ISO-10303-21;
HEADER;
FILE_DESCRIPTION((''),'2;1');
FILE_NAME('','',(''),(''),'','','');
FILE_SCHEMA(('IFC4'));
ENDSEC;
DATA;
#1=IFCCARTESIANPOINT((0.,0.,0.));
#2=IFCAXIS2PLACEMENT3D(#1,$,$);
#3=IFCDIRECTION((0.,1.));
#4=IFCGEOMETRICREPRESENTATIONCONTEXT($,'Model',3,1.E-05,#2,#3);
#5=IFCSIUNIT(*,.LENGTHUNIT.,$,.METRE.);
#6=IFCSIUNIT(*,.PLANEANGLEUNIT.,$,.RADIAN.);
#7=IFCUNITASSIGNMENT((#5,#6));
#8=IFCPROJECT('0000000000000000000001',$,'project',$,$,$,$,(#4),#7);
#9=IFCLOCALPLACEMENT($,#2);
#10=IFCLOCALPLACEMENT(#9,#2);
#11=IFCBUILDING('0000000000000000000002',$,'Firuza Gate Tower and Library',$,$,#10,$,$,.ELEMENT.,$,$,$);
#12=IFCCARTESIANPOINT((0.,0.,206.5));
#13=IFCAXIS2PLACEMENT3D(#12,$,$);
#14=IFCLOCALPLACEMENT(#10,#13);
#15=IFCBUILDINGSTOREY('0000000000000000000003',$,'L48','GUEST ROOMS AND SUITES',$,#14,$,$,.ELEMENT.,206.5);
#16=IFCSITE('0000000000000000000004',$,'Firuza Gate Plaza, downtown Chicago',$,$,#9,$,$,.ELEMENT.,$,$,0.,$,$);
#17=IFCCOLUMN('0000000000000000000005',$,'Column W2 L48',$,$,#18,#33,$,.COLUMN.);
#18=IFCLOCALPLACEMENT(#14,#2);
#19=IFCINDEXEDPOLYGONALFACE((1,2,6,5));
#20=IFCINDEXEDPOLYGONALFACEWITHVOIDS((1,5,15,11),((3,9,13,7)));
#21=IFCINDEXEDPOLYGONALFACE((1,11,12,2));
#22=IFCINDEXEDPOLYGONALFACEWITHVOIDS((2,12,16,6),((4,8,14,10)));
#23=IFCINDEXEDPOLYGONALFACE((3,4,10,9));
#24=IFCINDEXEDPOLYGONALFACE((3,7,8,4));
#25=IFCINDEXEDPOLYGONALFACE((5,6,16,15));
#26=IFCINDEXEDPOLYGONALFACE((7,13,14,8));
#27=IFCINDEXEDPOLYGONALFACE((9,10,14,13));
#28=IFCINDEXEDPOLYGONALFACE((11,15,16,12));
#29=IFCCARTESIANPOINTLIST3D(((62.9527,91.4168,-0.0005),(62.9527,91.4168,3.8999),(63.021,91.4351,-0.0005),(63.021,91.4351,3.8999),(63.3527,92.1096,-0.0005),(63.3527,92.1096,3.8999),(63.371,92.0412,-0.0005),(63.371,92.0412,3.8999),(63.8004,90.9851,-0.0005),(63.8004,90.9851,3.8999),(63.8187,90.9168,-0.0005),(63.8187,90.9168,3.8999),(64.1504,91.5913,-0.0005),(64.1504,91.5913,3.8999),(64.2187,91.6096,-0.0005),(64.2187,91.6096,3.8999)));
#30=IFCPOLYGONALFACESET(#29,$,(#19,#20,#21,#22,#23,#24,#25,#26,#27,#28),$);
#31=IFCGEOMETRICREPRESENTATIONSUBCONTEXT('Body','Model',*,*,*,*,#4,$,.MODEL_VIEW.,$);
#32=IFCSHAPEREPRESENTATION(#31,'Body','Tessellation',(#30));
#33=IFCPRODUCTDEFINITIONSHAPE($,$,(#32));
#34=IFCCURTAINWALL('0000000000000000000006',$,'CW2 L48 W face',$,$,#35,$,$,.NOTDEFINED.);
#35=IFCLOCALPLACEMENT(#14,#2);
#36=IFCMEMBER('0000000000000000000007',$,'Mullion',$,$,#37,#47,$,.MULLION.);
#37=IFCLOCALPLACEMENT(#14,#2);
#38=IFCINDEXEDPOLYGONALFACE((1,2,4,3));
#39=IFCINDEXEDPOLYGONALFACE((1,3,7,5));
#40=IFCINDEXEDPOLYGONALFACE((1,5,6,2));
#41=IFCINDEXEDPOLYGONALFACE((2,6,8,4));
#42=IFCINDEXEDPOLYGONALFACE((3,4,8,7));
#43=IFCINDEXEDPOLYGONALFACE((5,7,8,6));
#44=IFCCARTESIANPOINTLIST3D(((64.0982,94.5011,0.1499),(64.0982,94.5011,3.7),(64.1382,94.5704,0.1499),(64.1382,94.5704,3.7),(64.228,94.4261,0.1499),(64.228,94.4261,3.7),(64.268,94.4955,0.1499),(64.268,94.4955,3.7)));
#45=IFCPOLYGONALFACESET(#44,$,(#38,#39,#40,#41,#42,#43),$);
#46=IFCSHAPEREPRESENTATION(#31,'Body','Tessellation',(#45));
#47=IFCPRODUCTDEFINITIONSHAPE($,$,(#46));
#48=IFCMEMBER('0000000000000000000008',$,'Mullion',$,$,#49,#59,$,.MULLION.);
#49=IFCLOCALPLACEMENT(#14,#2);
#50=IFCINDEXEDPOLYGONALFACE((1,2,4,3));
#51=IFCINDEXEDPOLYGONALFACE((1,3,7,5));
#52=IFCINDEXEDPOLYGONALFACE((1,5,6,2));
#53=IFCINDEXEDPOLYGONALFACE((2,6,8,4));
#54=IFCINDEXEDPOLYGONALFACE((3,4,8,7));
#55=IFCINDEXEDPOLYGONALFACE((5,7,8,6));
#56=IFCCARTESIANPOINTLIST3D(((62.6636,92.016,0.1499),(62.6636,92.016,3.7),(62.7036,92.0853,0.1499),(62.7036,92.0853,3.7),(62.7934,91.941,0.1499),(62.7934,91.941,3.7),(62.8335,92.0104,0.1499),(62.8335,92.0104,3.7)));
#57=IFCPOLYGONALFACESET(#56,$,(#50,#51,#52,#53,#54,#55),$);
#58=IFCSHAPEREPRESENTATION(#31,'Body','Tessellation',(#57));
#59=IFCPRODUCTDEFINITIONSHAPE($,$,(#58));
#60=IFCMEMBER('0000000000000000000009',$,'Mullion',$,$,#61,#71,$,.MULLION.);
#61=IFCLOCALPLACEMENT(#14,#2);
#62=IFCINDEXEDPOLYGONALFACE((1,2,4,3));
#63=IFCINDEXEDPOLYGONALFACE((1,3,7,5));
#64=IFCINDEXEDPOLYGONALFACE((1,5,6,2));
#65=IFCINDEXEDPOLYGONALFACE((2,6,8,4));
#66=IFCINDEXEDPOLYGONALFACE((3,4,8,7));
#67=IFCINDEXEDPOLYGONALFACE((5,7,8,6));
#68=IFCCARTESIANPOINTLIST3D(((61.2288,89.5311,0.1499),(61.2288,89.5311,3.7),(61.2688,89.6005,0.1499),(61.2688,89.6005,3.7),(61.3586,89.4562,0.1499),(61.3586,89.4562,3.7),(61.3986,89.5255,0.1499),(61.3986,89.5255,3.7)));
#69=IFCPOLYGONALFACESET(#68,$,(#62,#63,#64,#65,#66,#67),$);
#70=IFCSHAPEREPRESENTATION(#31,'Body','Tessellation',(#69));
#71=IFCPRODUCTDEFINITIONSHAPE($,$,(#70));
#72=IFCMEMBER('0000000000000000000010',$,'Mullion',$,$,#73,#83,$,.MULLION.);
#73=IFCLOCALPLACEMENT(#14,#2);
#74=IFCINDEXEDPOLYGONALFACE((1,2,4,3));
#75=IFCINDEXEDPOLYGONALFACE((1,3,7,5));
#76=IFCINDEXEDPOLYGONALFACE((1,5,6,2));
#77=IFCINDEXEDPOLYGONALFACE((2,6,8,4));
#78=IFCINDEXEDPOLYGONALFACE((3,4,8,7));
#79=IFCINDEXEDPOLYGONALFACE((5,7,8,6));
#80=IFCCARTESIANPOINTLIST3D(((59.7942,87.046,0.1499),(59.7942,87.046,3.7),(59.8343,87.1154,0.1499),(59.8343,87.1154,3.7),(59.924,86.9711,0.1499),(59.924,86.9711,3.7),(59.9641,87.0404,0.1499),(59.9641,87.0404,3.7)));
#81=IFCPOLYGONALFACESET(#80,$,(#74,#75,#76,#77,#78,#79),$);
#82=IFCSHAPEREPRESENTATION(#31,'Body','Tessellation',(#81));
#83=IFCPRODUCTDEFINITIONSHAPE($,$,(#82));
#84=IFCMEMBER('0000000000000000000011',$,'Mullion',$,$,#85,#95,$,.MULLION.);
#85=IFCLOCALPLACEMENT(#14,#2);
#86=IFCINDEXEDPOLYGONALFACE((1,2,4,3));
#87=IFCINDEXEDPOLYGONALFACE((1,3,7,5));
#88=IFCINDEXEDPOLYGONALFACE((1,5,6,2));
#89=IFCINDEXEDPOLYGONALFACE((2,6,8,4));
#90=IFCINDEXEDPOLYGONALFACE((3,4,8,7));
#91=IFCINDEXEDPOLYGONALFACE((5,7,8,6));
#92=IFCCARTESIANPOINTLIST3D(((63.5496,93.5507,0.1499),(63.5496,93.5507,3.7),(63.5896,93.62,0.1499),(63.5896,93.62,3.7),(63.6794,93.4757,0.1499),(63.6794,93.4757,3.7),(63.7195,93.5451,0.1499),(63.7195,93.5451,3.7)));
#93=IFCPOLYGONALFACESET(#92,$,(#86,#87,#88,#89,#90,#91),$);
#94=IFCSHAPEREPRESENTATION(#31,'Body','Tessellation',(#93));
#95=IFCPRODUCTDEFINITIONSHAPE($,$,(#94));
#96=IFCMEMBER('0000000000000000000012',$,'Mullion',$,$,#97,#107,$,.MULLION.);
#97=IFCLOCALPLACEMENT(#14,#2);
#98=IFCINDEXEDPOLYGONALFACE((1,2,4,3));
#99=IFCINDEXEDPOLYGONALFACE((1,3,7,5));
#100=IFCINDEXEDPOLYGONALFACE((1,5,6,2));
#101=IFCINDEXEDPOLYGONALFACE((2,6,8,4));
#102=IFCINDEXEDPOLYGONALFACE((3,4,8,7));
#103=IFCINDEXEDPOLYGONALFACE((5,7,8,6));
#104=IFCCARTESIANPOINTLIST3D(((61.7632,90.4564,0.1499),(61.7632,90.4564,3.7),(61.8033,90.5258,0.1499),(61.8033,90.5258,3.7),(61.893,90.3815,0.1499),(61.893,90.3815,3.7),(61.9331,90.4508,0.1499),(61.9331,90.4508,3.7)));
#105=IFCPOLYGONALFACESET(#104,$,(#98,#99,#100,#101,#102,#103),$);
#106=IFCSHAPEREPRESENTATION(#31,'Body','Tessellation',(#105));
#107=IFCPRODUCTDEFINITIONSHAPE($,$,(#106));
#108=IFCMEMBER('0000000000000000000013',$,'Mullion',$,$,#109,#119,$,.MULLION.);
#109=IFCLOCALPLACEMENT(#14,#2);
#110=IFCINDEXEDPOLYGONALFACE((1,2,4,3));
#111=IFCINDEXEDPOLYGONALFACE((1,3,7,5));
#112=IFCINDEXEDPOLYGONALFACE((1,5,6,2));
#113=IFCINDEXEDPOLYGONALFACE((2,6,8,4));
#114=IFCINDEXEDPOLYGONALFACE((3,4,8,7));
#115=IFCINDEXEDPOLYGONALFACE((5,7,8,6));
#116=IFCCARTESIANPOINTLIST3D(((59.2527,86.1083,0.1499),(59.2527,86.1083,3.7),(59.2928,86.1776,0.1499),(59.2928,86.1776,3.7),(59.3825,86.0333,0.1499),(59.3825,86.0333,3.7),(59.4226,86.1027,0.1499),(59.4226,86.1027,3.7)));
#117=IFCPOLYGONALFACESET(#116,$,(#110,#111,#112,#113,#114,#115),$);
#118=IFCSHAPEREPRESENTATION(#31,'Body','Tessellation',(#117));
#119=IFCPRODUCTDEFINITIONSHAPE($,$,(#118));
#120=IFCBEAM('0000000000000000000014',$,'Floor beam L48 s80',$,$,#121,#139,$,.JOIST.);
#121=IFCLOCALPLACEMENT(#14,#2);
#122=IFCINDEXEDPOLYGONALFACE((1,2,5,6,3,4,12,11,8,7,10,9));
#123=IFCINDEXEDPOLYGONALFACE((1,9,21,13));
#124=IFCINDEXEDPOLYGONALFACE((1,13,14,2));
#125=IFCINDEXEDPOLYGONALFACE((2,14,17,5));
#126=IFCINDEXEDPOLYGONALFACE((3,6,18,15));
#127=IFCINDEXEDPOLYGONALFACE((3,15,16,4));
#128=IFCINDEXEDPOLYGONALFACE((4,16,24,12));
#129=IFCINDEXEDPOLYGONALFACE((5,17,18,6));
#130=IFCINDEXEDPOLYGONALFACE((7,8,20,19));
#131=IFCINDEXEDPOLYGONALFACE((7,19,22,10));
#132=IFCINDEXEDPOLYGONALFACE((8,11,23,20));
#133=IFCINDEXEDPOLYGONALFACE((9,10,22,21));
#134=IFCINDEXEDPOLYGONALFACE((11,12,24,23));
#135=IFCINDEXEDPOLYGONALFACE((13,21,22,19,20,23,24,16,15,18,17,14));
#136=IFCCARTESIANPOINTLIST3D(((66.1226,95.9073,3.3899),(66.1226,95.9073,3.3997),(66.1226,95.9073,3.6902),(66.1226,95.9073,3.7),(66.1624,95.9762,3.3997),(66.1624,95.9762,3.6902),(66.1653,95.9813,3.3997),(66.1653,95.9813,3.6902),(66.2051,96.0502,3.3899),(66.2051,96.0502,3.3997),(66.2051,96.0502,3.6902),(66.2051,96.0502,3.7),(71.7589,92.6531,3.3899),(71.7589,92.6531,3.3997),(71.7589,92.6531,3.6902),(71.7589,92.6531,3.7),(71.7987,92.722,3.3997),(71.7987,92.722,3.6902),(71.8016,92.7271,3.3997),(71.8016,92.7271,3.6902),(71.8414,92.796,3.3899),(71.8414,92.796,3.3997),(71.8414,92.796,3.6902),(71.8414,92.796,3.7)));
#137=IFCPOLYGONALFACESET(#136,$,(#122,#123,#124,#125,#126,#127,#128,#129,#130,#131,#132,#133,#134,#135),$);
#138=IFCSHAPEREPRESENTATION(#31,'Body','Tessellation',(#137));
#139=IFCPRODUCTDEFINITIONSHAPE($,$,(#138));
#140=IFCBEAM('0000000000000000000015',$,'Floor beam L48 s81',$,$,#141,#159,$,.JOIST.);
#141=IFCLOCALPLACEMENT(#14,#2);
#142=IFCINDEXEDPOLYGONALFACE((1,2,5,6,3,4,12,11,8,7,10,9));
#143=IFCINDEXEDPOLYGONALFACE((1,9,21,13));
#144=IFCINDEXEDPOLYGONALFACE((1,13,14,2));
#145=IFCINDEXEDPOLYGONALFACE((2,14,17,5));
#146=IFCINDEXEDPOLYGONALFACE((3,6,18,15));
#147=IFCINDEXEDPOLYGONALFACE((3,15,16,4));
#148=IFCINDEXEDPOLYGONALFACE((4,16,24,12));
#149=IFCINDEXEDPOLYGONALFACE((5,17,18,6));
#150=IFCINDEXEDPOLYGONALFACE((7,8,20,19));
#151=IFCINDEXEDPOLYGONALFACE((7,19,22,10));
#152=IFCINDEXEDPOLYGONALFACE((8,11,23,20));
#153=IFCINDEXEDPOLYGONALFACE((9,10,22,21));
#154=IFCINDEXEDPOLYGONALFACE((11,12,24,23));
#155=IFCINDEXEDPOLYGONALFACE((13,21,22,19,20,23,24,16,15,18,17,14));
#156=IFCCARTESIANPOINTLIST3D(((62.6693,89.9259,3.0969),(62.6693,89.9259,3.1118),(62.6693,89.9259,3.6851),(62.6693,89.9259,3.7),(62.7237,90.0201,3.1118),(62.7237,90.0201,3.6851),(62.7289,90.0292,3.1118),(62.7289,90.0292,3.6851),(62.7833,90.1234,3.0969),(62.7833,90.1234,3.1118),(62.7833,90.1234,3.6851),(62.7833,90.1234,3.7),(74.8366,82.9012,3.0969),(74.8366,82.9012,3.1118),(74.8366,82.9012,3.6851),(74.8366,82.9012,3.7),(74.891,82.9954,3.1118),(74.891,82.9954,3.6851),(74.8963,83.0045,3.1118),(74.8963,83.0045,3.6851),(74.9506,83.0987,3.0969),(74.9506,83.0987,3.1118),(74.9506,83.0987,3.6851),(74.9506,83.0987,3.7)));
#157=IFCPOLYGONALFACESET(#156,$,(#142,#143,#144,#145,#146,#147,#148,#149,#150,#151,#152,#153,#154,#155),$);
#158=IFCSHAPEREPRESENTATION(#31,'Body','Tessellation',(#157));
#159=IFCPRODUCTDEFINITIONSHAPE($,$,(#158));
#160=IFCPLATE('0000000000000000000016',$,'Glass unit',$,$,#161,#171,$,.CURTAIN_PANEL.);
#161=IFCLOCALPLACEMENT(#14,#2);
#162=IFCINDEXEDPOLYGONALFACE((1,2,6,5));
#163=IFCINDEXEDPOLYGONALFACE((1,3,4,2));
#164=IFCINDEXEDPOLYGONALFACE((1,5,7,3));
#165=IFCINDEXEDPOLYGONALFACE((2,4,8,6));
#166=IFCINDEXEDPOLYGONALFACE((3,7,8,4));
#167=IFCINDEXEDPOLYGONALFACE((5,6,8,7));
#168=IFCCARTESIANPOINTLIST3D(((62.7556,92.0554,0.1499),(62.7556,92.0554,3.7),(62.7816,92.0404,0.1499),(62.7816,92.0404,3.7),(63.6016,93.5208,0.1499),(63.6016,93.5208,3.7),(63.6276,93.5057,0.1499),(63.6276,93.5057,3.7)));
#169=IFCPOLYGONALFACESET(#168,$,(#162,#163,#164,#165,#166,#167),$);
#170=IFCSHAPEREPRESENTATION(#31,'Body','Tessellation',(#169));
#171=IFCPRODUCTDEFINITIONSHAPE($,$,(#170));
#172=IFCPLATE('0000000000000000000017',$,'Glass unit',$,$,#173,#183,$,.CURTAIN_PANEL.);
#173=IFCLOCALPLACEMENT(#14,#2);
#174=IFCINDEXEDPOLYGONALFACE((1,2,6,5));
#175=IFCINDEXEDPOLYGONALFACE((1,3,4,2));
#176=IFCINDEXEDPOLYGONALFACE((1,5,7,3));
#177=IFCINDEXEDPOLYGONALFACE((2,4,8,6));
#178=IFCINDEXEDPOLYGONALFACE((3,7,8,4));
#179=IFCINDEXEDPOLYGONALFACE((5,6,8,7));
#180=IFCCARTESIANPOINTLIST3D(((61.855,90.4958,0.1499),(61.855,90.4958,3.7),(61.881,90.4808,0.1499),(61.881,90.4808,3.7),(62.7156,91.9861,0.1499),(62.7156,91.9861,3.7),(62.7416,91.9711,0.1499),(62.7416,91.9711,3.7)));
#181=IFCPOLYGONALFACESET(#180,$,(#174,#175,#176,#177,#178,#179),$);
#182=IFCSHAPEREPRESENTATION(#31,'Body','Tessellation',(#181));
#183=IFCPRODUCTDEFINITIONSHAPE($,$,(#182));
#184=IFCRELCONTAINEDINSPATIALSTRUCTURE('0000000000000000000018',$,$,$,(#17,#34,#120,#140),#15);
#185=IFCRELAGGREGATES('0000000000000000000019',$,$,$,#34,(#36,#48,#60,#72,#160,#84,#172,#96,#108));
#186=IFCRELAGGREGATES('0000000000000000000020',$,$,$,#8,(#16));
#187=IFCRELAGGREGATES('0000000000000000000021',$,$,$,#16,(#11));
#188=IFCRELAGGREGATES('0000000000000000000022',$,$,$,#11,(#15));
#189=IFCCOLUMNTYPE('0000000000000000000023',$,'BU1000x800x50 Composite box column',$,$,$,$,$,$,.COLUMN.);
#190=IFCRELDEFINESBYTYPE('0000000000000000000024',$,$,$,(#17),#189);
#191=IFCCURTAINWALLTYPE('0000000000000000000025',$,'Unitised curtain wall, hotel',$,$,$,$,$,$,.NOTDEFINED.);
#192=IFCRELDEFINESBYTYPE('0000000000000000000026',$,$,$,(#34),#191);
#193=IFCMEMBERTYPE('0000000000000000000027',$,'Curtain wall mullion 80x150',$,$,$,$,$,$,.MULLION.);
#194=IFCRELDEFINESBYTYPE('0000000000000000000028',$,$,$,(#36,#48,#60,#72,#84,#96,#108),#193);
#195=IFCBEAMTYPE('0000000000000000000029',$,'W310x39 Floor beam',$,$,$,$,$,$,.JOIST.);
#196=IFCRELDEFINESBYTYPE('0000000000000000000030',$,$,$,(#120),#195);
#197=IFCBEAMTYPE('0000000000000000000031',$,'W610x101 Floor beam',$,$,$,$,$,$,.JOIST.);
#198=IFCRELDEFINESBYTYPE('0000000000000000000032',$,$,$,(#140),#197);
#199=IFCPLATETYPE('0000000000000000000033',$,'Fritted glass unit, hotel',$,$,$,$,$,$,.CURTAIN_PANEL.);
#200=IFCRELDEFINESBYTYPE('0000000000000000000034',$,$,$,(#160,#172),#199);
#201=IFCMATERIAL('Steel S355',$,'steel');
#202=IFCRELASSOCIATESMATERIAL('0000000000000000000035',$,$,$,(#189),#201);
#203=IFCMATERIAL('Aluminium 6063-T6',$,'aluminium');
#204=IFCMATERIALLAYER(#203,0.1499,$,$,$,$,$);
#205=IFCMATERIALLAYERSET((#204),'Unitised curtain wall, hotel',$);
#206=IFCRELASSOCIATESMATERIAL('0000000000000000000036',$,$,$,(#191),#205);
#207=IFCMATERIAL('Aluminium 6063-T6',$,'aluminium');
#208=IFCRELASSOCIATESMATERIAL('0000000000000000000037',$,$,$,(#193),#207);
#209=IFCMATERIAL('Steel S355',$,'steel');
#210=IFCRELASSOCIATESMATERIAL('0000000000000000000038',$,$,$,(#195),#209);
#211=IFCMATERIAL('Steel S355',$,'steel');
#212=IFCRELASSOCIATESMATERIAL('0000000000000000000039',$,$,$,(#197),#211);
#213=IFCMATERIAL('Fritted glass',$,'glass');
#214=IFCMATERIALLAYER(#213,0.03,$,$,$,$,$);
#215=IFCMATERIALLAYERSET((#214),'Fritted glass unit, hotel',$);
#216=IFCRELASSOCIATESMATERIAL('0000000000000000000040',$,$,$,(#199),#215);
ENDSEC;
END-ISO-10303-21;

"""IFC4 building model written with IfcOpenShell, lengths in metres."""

from ifc_helpers import new_model, si_unit, direction, frame, origin, origin_2d, place, context, subcontext, project, spatial, polyline, rectangle, hollow_rectangle, i_section, outline, extrude, material, layer, layer_set, material_profile, profile_set, type_object, element, aggregate, save


model = new_model("IFC4")

# Units and contexts
model_context = context("Model", 3, precision=1e-05, world=origin(), true_north=direction((0.0, 1.0)))
body_context = subcontext(model_context, "Body", "Model", "MODEL_VIEW")
ifc_project = project(units=[si_unit("LENGTHUNIT", "METRE"), si_unit("PLANEANGLEUNIT", "RADIAN")], contexts=[model_context])

# Site, building, storey
site_placement = place(None, origin())
site = spatial("IfcSite", under=ifc_project, at=site_placement, Name="Firuza Gate Plaza, downtown Chicago", CompositionType="ELEMENT", RefElevation=0.0)
building_placement = place(site_placement, origin())
building = spatial("IfcBuilding", under=site, at=building_placement, Name="Firuza Gate Tower and Library", CompositionType="ELEMENT")
storey_placement = place(building_placement, frame((0.0, 0.0, 206.5)))
storey = spatial("IfcBuildingStorey", under=building, at=storey_placement, Name="L48", Description="GUEST ROOMS AND SUITES", CompositionType="ELEMENT", Elevation=206.5)

# Column
ifc_material_1 = material(Name="Steel S355", Category="steel")
ifc_material_profile_1 = material_profile(ifc_material_1, hollow_rectangle(XDim=0.8, YDim=1.0, WallThickness=0.05, at=origin_2d()))
ifc_profile_set_1 = profile_set([ifc_material_profile_1], Name="Steel S355")
column_type = type_object("IfcColumnType", Name="BU1000x800x50 Composite box column", PredefinedType="COLUMN", material=ifc_profile_set_1)
column_placement = place(storey_placement, frame((63.5857, 91.5132, -0.0005), z_axis=(0.0, 0.0, 1.0), x_axis=(-0.5, -0.866025, 0.0)))
element("IfcColumn", 1, at=column_placement, inside=storey, type_object=column_type, Name="Column W2 L48", PredefinedType="COLUMN", context=body_context, shape_type="SweptSolid", body=[
    extrude(hollow_rectangle(XDim=0.8, YDim=1.0, WallThickness=0.05, at=origin_2d()), origin(), (0.0, 0.0, 1.0), 3.9004),
])

# Curtain wall, members
ifc_material_2 = material(Name="Aluminium 6063-T6", Category="aluminium")
ifc_layer_1 = layer(ifc_material_2, 0.1499)
ifc_layer_set_1 = layer_set([ifc_layer_1], Name="Unitised curtain wall, hotel")
curtain_wall_type = type_object("IfcCurtainWallType", Name="Unitised curtain wall, hotel", PredefinedType="NOTDEFINED", material=ifc_layer_set_1)
placement = place(storey_placement, origin())
curtain_wall = element("IfcCurtainWall", 2, at=placement, inside=storey, type_object=curtain_wall_type, Name="CW2 L48 W face", PredefinedType="NOTDEFINED")
ifc_material_3 = material(Name="Aluminium 6063-T6", Category="aluminium")
ifc_material_profile_2 = material_profile(ifc_material_3, rectangle(XDim=0.1499, YDim=0.0801, at=origin_2d()))
ifc_profile_set_2 = profile_set([ifc_material_profile_2], Name="Aluminium 6063-T6")
member_type = type_object("IfcMemberType", Name="Curtain wall mullion 80x150", PredefinedType="MULLION", material=ifc_profile_set_2)
member_1_placement = place(storey_placement, frame((64.1831, 94.4983, 0.1499), z_axis=(0.0, 0.0, 1.0), x_axis=(0.866025, -0.5, 0.0)))
member_1 = element("IfcMember", 3, at=member_1_placement, type_object=member_type, Name="Mullion", PredefinedType="MULLION", context=body_context, shape_type="SweptSolid", body=[
    extrude(rectangle(XDim=0.1499, YDim=0.0801, at=origin_2d()), origin(), (0.0, 0.0, 1.0), 3.55),
])
member_2_placement = place(storey_placement, frame((62.7485, 92.0132, 0.1499), z_axis=(0.0, 0.0, 1.0), x_axis=(0.866025, -0.5, 0.0)))
member_2 = element("IfcMember", 4, at=member_2_placement, type_object=member_type, Name="Mullion", PredefinedType="MULLION", context=body_context, shape_type="SweptSolid", body=[
    extrude(rectangle(XDim=0.1499, YDim=0.0801, at=origin_2d()), origin(), (0.0, 0.0, 1.0), 3.55),
])
member_3_placement = place(storey_placement, frame((61.3137, 89.5283, 0.1499), z_axis=(0.0, 0.0, 1.0), x_axis=(0.866025, -0.5, 0.0)))
member_3 = element("IfcMember", 5, at=member_3_placement, type_object=member_type, Name="Mullion", PredefinedType="MULLION", context=body_context, shape_type="SweptSolid", body=[
    extrude(rectangle(XDim=0.1499, YDim=0.0801, at=origin_2d()), origin(), (0.0, 0.0, 1.0), 3.55),
])
member_4_placement = place(storey_placement, frame((59.8792, 87.0432, 0.1499), z_axis=(0.0, 0.0, 1.0), x_axis=(0.866025, -0.5, 0.0)))
member_4 = element("IfcMember", 6, at=member_4_placement, type_object=member_type, Name="Mullion", PredefinedType="MULLION", context=body_context, shape_type="SweptSolid", body=[
    extrude(rectangle(XDim=0.1499, YDim=0.0801, at=origin_2d()), origin(), (0.0, 0.0, 1.0), 3.55),
])
member_5_placement = place(storey_placement, frame((63.6345, 93.5479, 0.1499), z_axis=(0.0, 0.0, 1.0), x_axis=(0.866025, -0.5, 0.0)))
member_5 = element("IfcMember", 7, at=member_5_placement, type_object=member_type, Name="Mullion", PredefinedType="MULLION", context=body_context, shape_type="SweptSolid", body=[
    extrude(rectangle(XDim=0.1499, YDim=0.0801, at=origin_2d()), origin(), (0.0, 0.0, 1.0), 3.55),
])
member_6_placement = place(storey_placement, frame((61.8481, 90.4536, 0.1499), z_axis=(0.0, 0.0, 1.0), x_axis=(0.866025, -0.5, 0.0)))
member_6 = element("IfcMember", 8, at=member_6_placement, type_object=member_type, Name="Mullion", PredefinedType="MULLION", context=body_context, shape_type="SweptSolid", body=[
    extrude(rectangle(XDim=0.1499, YDim=0.0801, at=origin_2d()), origin(), (0.0, 0.0, 1.0), 3.55),
])
member_7_placement = place(storey_placement, frame((59.3376, 86.1055, 0.1499), z_axis=(0.0, 0.0, 1.0), x_axis=(0.866025, -0.5, 0.0)))
member_7 = element("IfcMember", 9, at=member_7_placement, type_object=member_type, Name="Mullion", PredefinedType="MULLION", context=body_context, shape_type="SweptSolid", body=[
    extrude(rectangle(XDim=0.1499, YDim=0.0801, at=origin_2d()), origin(), (0.0, 0.0, 1.0), 3.55),
])

# Beams
ifc_material_4 = material(Name="Steel S355", Category="steel")
ifc_material_profile_3 = material_profile(ifc_material_4, i_section(OverallWidth=0.165, OverallDepth=0.3101, WebThickness=0.0059, FlangeThickness=0.0098, at=origin_2d()))
ifc_profile_set_3 = profile_set([ifc_material_profile_3], Name="Steel S355")
beam_type_1 = type_object("IfcBeamType", Name="W310x39 Floor beam", PredefinedType="JOIST", material=ifc_profile_set_3)
beam_1_placement = place(storey_placement, frame((66.1638, 95.9788, 3.5449), z_axis=(0.866021, -0.500008, 0.0), x_axis=(0.500008, 0.866021, 0.0)))
element("IfcBeam", 10, at=beam_1_placement, inside=storey, type_object=beam_type_1, Name="Floor beam L48 s80", PredefinedType="JOIST", context=body_context, shape_type="SweptSolid", body=[
    extrude(i_section(OverallWidth=0.165, OverallDepth=0.3101, WebThickness=0.0059, FlangeThickness=0.0098, at=origin_2d()), origin(), (0.0, 0.0, 1.0), 6.5083),
])
ifc_material_5 = material(Name="Steel S355", Category="steel")
ifc_material_profile_4 = material_profile(ifc_material_5, i_section(OverallWidth=0.228, OverallDepth=0.603, WebThickness=0.0105, FlangeThickness=0.0149, at=origin_2d()))
ifc_profile_set_4 = profile_set([ifc_material_profile_4], Name="Steel S355")
beam_type_2 = type_object("IfcBeamType", Name="W610x101 Floor beam", PredefinedType="JOIST", material=ifc_profile_set_4)
beam_2_placement = place(storey_placement, frame((62.7263, 90.0247, 3.3984), z_axis=(0.866028, -0.499995, 0.0), x_axis=(0.499995, 0.866028, 0.0)))
element("IfcBeam", 11, at=beam_2_placement, inside=storey, type_object=beam_type_2, Name="Floor beam L48 s81", PredefinedType="JOIST", context=body_context, shape_type="SweptSolid", body=[
    extrude(i_section(OverallWidth=0.228, OverallDepth=0.603, WebThickness=0.0105, FlangeThickness=0.0149, at=origin_2d()), origin(), (0.0, 0.0, 1.0), 14.0496),
])

# Plates
ifc_material_6 = material(Name="Fritted glass", Category="glass")
ifc_layer_2 = layer(ifc_material_6, 0.03)
ifc_layer_set_2 = layer_set([ifc_layer_2], Name="Fritted glass unit, hotel")
plate_type_1 = type_object("IfcPlateType", Name="Fritted glass unit, hotel", PredefinedType="CURTAIN_PANEL", material=ifc_layer_set_2)
plate_1_placement = place(storey_placement, frame((63.6016, 93.5208, 0.1499), z_axis=(-0.866041, 0.499972, 0.0), x_axis=(-0.499972, -0.866041, 0.0)))
plate_1 = element("IfcPlate", 12, at=plate_1_placement, type_object=plate_type_1, Name="Glass unit", PredefinedType="CURTAIN_PANEL", context=body_context, shape_type="SweptSolid", body=[
    extrude(outline(polyline([(0.0, 0.0), (1.692, 0.0), (1.692, 3.55), (0.0, 3.55), (0.0, 0.0)])), origin(), (0.0, 0.0, -1.0), 0.03),
])
plate_2_placement = place(storey_placement, frame((62.7156, 91.9861, 0.1499), z_axis=(-0.865973, 0.500091, 0.0), x_axis=(-0.500091, -0.865973, 0.0)))
plate_2 = element("IfcPlate", 13, at=plate_2_placement, type_object=plate_type_1, Name="Glass unit", PredefinedType="CURTAIN_PANEL", context=body_context, shape_type="SweptSolid", body=[
    extrude(outline(polyline([(0.0, 0.0), (1.7209, 0.0), (1.7209, 3.55), (0.0, 3.55), (0.0, 0.0)])), origin(), (0.0, 0.0, -1.0), 0.03),
])
aggregate(curtain_wall, [member_1, member_2, member_3, member_4, plate_1, member_5, plate_2, member_6, member_7])

save(model, "model.ifc")
